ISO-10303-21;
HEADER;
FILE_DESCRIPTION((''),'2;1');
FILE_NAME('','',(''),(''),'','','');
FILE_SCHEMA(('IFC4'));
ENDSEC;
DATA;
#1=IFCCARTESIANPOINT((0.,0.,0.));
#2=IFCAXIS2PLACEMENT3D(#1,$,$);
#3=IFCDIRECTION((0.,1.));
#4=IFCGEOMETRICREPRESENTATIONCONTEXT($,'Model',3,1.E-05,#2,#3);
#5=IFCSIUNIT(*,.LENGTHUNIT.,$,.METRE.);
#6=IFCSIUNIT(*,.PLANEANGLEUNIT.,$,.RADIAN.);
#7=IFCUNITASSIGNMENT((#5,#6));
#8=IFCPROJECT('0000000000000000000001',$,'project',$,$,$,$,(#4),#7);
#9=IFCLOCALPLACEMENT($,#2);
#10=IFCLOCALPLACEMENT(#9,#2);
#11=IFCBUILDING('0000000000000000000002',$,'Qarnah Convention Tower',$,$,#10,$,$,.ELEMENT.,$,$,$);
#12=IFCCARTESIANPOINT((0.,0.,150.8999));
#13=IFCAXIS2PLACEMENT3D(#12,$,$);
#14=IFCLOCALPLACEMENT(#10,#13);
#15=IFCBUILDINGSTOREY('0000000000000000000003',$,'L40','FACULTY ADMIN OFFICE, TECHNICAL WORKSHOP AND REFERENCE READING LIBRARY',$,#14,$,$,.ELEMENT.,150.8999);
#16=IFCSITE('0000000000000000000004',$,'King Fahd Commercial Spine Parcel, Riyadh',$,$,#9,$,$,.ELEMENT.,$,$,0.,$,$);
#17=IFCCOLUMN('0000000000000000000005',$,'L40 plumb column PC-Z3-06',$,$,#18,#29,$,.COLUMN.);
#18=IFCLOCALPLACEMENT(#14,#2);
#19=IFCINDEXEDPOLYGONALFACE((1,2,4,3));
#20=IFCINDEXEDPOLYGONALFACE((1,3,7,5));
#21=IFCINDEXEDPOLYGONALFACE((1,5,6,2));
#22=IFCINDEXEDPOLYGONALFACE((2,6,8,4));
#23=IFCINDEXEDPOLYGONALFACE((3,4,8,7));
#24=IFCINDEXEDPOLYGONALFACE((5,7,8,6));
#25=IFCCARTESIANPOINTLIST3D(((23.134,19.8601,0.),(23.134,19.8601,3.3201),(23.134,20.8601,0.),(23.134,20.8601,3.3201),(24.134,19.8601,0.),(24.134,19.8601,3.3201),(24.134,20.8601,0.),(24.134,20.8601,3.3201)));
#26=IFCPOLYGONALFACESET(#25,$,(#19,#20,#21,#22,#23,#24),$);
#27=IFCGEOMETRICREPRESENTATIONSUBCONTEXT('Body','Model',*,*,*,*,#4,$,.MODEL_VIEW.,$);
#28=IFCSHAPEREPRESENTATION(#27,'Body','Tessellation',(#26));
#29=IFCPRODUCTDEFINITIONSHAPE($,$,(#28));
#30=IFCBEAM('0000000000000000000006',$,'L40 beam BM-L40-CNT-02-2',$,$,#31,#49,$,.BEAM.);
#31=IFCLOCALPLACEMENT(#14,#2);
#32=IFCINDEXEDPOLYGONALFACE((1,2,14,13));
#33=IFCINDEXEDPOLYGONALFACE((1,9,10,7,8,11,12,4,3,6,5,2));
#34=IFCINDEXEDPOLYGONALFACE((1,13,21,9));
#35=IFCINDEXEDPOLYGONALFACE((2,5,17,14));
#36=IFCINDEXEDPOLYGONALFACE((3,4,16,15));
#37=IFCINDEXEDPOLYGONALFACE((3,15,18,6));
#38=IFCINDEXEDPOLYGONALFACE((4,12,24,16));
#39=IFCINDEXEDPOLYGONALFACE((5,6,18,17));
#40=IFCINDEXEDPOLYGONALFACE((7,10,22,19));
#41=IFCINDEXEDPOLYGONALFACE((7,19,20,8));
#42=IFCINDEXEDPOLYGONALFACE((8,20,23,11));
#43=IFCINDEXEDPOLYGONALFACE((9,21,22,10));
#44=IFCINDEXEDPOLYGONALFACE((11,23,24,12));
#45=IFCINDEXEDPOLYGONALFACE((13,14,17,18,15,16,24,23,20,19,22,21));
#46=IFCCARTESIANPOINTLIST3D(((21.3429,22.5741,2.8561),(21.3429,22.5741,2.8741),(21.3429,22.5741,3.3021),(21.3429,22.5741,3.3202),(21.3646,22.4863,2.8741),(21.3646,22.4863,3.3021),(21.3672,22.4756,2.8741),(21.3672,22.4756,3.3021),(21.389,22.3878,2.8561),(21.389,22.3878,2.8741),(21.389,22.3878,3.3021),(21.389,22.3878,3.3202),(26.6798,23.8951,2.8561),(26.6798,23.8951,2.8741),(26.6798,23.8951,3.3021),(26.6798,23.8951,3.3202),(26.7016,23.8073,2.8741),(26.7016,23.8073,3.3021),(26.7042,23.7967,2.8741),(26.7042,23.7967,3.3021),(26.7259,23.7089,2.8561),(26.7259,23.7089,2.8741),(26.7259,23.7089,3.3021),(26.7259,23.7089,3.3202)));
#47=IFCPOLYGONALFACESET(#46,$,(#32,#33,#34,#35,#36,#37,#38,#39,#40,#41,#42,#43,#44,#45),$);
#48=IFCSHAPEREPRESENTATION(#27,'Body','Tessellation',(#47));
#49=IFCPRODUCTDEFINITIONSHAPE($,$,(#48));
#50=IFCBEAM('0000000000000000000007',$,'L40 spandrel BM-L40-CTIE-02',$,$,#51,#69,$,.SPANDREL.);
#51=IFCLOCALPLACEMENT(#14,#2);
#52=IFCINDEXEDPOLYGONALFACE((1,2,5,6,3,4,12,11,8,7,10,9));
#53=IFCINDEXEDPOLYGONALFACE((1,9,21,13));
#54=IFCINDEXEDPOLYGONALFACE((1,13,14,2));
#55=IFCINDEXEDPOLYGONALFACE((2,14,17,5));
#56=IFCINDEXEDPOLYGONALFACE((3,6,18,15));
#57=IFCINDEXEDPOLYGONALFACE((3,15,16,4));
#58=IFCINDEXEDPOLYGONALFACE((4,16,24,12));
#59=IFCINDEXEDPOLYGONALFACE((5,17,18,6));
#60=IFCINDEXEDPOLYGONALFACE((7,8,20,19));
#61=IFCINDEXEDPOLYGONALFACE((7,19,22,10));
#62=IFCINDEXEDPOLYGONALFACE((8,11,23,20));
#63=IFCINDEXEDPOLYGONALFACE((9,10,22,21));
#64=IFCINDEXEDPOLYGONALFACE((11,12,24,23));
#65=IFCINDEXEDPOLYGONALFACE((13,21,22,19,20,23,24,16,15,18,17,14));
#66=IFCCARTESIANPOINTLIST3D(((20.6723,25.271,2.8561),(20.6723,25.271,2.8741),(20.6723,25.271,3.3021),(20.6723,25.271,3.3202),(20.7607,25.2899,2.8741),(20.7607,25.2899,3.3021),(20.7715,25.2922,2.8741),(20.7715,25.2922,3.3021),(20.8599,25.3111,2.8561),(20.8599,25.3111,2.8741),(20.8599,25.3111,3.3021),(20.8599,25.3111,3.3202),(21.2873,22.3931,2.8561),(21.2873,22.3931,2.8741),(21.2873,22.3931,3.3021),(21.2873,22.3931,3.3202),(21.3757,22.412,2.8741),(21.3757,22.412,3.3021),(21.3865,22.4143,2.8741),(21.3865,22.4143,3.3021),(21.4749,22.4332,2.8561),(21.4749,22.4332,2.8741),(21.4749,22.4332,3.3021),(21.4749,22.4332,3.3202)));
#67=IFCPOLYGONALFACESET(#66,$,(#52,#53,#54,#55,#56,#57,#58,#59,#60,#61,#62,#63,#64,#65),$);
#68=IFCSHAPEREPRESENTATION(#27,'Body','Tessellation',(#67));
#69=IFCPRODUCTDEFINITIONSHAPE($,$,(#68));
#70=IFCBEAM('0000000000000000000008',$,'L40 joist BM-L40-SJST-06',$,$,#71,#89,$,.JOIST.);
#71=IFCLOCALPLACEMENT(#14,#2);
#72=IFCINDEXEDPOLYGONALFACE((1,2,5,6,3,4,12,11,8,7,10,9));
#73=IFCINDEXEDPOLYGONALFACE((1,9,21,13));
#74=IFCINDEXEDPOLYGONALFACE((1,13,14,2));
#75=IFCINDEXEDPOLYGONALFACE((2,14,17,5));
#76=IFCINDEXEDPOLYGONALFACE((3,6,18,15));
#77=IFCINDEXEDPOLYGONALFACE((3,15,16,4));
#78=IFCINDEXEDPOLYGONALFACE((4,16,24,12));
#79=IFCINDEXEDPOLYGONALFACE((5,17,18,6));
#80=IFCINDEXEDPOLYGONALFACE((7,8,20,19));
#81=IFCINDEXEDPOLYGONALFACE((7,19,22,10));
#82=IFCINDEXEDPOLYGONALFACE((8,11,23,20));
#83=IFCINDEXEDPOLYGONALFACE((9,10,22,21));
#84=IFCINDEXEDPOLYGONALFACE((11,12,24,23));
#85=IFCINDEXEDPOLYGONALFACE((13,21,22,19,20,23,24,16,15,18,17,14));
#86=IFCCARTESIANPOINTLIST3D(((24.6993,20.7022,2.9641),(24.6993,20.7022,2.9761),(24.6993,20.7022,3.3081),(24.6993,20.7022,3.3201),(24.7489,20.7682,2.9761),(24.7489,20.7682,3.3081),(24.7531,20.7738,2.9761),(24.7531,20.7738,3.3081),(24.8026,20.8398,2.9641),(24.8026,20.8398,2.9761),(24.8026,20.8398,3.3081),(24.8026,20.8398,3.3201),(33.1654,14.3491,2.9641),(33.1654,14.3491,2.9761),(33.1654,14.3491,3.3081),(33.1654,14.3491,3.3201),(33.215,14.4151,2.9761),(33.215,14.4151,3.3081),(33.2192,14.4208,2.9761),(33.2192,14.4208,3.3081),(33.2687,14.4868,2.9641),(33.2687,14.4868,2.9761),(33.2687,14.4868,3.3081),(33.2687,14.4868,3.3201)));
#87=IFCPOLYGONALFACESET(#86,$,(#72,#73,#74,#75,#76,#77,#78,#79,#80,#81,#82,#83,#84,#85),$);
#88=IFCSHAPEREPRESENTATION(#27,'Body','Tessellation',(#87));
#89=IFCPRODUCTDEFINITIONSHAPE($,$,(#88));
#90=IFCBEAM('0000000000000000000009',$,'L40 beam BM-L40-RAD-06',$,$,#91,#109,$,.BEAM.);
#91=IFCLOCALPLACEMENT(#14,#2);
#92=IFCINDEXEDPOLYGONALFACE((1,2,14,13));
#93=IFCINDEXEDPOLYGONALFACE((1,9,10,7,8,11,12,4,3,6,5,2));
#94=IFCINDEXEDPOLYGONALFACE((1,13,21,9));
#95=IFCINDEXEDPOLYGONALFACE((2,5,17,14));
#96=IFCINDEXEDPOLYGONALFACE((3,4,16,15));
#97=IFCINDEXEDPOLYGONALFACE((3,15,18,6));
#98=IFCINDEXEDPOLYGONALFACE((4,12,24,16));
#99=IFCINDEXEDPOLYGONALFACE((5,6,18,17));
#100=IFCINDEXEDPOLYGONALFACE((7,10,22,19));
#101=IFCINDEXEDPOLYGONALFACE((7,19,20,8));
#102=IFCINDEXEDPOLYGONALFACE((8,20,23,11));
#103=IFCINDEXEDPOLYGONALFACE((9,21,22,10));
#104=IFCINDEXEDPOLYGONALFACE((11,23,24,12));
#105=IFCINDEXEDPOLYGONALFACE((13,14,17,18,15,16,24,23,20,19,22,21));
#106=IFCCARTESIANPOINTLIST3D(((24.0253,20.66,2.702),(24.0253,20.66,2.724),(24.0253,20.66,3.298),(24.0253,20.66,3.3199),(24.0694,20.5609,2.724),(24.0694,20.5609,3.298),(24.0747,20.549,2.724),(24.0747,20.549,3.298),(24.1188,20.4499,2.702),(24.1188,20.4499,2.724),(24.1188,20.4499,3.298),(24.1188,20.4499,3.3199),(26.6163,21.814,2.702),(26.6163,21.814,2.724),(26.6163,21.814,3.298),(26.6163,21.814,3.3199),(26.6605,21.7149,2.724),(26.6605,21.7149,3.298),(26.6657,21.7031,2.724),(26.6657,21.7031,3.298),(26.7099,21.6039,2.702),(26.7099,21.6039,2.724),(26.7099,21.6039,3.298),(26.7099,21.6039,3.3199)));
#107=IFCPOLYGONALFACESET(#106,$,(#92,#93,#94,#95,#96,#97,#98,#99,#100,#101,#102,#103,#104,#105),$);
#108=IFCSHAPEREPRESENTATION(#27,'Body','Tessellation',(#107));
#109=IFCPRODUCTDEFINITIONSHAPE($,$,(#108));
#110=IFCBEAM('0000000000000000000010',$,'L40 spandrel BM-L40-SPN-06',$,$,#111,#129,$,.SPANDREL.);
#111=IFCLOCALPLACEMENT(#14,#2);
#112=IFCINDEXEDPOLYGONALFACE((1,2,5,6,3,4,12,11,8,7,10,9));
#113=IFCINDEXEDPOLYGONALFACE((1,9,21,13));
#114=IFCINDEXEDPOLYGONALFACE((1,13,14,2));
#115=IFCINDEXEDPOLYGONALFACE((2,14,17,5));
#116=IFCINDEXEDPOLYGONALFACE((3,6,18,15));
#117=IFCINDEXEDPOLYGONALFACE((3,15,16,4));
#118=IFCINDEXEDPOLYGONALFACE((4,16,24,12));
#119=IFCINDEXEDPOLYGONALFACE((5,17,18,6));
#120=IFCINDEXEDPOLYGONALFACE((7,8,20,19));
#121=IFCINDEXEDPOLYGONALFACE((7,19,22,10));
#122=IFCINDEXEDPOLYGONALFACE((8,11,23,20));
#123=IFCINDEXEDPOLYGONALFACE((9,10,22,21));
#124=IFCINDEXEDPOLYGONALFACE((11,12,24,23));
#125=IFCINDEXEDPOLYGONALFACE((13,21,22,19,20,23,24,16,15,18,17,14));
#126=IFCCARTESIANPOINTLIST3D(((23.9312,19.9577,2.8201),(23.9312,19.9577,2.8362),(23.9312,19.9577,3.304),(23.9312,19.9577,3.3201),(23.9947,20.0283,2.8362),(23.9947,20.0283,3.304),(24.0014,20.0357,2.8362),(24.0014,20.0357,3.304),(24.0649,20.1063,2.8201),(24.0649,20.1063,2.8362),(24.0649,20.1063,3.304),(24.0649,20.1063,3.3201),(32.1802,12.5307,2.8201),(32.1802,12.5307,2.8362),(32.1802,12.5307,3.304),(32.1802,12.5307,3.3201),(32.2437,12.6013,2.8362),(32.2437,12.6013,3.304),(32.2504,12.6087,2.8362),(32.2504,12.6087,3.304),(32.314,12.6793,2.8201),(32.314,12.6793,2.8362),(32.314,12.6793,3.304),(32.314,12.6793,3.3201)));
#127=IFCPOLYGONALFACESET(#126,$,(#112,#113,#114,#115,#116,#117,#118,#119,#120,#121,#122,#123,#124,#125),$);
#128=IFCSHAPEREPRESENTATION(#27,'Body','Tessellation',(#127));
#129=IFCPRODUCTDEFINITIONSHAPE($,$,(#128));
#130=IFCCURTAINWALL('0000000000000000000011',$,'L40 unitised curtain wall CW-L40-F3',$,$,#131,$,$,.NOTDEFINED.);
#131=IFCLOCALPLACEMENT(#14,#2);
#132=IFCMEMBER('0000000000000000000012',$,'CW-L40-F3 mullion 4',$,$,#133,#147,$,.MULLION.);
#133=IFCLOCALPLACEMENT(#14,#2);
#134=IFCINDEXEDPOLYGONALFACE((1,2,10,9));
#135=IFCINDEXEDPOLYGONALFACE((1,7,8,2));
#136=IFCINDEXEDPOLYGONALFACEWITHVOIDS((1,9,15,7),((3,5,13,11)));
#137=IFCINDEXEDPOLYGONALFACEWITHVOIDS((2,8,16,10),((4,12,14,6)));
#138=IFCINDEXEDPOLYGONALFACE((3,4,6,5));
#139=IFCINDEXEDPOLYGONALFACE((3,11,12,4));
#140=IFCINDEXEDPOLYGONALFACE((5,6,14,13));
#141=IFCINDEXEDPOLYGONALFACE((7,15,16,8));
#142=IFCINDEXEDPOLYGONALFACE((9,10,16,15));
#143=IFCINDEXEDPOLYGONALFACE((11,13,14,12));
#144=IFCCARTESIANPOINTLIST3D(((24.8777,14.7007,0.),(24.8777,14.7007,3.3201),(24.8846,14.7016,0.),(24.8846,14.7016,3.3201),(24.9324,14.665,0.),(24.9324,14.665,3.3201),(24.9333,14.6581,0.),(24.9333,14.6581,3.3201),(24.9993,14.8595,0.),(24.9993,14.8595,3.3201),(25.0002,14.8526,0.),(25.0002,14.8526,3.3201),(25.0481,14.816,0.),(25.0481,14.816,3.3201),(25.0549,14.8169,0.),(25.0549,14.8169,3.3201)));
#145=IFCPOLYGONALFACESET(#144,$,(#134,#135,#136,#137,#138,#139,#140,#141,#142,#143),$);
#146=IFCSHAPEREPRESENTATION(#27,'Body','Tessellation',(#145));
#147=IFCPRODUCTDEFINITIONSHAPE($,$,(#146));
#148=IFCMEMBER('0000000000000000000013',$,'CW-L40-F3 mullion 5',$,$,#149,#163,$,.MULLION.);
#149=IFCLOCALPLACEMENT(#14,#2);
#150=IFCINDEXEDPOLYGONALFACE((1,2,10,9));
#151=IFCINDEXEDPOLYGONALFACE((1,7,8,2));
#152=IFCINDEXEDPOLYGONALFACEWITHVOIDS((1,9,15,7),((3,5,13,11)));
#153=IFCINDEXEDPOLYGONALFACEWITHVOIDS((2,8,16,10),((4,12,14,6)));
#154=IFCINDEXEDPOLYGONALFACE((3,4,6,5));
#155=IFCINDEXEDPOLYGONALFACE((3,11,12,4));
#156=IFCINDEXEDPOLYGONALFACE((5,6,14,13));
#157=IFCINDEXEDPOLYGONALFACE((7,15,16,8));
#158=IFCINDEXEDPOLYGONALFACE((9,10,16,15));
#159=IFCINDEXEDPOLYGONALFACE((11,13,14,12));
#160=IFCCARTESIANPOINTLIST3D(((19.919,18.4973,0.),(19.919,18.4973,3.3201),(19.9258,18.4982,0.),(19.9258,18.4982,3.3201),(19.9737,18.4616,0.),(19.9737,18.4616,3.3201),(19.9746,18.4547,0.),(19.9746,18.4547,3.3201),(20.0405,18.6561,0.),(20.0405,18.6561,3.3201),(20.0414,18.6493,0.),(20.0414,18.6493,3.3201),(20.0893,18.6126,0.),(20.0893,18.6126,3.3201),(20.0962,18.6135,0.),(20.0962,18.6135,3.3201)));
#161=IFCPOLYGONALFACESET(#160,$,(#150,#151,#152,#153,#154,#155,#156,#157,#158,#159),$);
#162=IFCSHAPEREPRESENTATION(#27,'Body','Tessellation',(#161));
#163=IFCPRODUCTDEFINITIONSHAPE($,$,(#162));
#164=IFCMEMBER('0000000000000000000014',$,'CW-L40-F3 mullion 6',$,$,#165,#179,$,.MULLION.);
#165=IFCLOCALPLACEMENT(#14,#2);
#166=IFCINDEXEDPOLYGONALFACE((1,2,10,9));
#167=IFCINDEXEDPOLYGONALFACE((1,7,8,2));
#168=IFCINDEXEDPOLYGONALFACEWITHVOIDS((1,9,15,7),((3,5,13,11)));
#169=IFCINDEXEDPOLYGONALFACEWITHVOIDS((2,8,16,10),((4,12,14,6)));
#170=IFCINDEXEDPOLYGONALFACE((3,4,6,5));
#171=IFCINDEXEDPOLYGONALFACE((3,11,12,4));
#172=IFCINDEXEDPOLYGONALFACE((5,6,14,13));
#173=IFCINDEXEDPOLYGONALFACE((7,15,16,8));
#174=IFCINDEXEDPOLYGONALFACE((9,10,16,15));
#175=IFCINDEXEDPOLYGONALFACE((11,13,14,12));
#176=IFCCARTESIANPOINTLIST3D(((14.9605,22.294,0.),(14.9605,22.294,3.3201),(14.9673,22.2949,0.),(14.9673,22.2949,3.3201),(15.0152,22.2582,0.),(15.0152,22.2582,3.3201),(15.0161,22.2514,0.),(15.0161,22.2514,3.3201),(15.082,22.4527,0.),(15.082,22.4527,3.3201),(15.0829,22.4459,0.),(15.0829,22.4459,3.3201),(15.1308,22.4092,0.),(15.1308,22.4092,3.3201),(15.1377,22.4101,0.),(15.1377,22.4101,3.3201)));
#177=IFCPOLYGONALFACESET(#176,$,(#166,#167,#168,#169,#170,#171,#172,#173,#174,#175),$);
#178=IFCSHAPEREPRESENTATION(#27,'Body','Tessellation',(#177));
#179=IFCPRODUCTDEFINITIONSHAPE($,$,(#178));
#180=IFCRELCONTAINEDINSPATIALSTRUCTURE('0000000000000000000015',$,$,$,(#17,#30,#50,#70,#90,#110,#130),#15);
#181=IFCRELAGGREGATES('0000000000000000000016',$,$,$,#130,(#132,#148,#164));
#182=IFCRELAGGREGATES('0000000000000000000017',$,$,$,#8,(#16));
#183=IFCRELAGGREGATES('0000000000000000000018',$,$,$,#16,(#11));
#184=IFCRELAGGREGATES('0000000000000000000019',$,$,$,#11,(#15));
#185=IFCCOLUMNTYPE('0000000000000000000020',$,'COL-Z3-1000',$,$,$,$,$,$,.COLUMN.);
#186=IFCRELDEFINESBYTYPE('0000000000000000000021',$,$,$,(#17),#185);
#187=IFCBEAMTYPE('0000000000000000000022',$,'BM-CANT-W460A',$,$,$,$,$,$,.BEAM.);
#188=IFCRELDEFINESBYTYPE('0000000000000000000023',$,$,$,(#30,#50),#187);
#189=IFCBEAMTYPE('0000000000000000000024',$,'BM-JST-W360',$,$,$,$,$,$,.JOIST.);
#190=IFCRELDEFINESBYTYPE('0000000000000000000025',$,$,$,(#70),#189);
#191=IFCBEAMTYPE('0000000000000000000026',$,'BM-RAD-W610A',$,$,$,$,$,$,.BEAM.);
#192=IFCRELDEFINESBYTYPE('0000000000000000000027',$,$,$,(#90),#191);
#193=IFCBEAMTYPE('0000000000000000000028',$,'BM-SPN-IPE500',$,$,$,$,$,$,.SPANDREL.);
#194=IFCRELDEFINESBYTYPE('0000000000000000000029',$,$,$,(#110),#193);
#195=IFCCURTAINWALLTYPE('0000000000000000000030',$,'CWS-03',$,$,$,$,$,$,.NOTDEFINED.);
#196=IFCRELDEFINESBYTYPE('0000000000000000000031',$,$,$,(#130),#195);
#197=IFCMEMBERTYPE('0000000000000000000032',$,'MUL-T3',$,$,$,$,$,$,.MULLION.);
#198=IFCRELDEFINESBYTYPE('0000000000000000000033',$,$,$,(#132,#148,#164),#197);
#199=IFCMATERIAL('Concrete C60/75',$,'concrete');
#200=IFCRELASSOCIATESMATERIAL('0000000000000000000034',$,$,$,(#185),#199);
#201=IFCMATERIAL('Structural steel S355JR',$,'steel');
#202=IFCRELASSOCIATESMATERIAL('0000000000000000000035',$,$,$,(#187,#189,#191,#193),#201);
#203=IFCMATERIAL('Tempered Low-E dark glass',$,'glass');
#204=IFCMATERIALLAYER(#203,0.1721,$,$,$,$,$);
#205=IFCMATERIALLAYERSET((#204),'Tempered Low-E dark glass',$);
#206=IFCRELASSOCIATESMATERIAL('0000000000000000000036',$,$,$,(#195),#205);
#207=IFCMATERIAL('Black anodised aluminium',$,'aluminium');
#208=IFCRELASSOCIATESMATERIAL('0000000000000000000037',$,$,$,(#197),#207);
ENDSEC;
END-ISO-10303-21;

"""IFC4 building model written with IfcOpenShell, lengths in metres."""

from ifc_helpers import new_model, si_unit, direction, frame, origin, origin_2d, place, context, subcontext, project, spatial, rectangle, hollow_rectangle, i_section, extrude, material, layer, layer_set, material_profile, profile_set, type_object, element, aggregate, save


model = new_model("IFC4")

# Units and contexts
model_context = context("Model", 3, precision=1e-05, world=origin(), true_north=direction((0.0, 1.0)))
body_context = subcontext(model_context, "Body", "Model", "MODEL_VIEW")
ifc_project = project(units=[si_unit("LENGTHUNIT", "METRE"), si_unit("PLANEANGLEUNIT", "RADIAN")], contexts=[model_context])

# Site, building, storey
site_placement = place(None, origin())
site = spatial("IfcSite", under=ifc_project, at=site_placement, Name="King Fahd Commercial Spine Parcel, Riyadh", CompositionType="ELEMENT", RefElevation=0.0)
building_placement = place(site_placement, origin())
building = spatial("IfcBuilding", under=site, at=building_placement, Name="Qarnah Convention Tower", CompositionType="ELEMENT")
storey_placement = place(building_placement, frame((0.0, 0.0, 150.8999)))
storey = spatial("IfcBuildingStorey", under=building, at=storey_placement, Name="L40", Description="FACULTY ADMIN OFFICE, TECHNICAL WORKSHOP AND REFERENCE READING LIBRARY", CompositionType="ELEMENT", Elevation=150.8999)

# Column
ifc_material_1 = material(Name="Concrete C60/75", Category="concrete")
ifc_material_profile_1 = material_profile(ifc_material_1, rectangle(XDim=1.0, YDim=1.0, at=origin_2d()), Name="RC-COL-1000X1000")
ifc_profile_set_1 = profile_set([ifc_material_profile_1], Name="Concrete C60/75")
column_type = type_object("IfcColumnType", Name="COL-Z3-1000", PredefinedType="COLUMN", material=ifc_profile_set_1)
column_placement = place(storey_placement, frame((23.634, 20.3601, 0.0), z_axis=(0.0, 0.0, 1.0), x_axis=(1.0, 0.0, 0.0)))
element("IfcColumn", 1, at=column_placement, inside=storey, type_object=column_type, Name="L40 plumb column PC-Z3-06", PredefinedType="COLUMN", context=body_context, shape_type="SweptSolid", body=[
    extrude(rectangle(XDim=1.0, YDim=1.0, at=origin_2d()), origin(), (0.0, 0.0, 1.0), 3.3201),
])

# Beams
ifc_material_2 = material(Name="Structural steel S355JR", Category="steel")
ifc_material_profile_2 = material_profile(ifc_material_2, i_section(OverallWidth=0.1919, OverallDepth=0.4641, WebThickness=0.011, FlangeThickness=0.0181, at=origin_2d()), Name="W460X89")
ifc_profile_set_2 = profile_set([ifc_material_profile_2], Name="Structural steel S355JR")
beam_type_1 = type_object("IfcBeamType", Name="BM-CANT-W460A", PredefinedType="BEAM", material=ifc_profile_set_2)
beam_1_placement = place(storey_placement, frame((26.7029, 23.802, 3.0881), z_axis=(-0.970704, -0.240278, 0.0), x_axis=(0.240278, -0.970704, 0.0)))
element("IfcBeam", 2, at=beam_1_placement, inside=storey, type_object=beam_type_1, Name="L40 beam BM-L40-CNT-02-2", PredefinedType="BEAM", context=body_context, shape_type="SweptSolid", body=[
    extrude(i_section(OverallWidth=0.1919, OverallDepth=0.4641, WebThickness=0.011, FlangeThickness=0.0181, at=origin_2d()), origin(), (0.0, 0.0, 1.0), 5.498),
])
beam_2_placement = place(storey_placement, frame((20.7661, 25.291, 3.0881), z_axis=(0.208974, -0.977921, 0.0), x_axis=(0.977921, 0.208974, 0.0)))
element("IfcBeam", 3, at=beam_2_placement, inside=storey, type_object=beam_type_1, Name="L40 spandrel BM-L40-CTIE-02", PredefinedType="SPANDREL", context=body_context, shape_type="SweptSolid", body=[
    extrude(i_section(OverallWidth=0.1919, OverallDepth=0.4641, WebThickness=0.011, FlangeThickness=0.0181, at=origin_2d()), origin(), (0.0, 0.0, 1.0), 2.9429),
])
ifc_material_profile_3 = material_profile(ifc_material_2, i_section(OverallWidth=0.1721, OverallDepth=0.356, WebThickness=0.0071, FlangeThickness=0.012, at=origin_2d()), Name="W360X51")
ifc_profile_set_3 = profile_set([ifc_material_profile_3], Name="Structural steel S355JR")
beam_type_2 = type_object("IfcBeamType", Name="BM-JST-W360", PredefinedType="JOIST", material=ifc_profile_set_3)
beam_3_placement = place(storey_placement, frame((24.751, 20.771, 3.1421), z_axis=(0.799842, -0.60021, 0.0), x_axis=(0.60021, 0.799842, 0.0)))
element("IfcBeam", 4, at=beam_3_placement, inside=storey, type_object=beam_type_2, Name="L40 joist BM-L40-SJST-06", PredefinedType="JOIST", context=body_context, shape_type="SweptSolid", body=[
    extrude(i_section(OverallWidth=0.1721, OverallDepth=0.356, WebThickness=0.0071, FlangeThickness=0.012, at=origin_2d()), origin(), (0.0, 0.0, 1.0), 10.5847),
])
ifc_material_profile_4 = material_profile(ifc_material_2, i_section(OverallWidth=0.23, OverallDepth=0.6179, WebThickness=0.0129, FlangeThickness=0.022, at=origin_2d()), Name="W610X140")
ifc_profile_set_4 = profile_set([ifc_material_profile_4], Name="Structural steel S355JR")
beam_type_3 = type_object("IfcBeamType", Name="BM-RAD-W610A", PredefinedType="BEAM", material=ifc_profile_set_4)
beam_4_placement = place(storey_placement, frame((26.6631, 21.709, 3.011), z_axis=(-0.913488, -0.406865, 0.0), x_axis=(0.406865, -0.913488, 0.0)))
element("IfcBeam", 5, at=beam_4_placement, inside=storey, type_object=beam_type_3, Name="L40 beam BM-L40-RAD-06", PredefinedType="BEAM", context=body_context, shape_type="SweptSolid", body=[
    extrude(i_section(OverallWidth=0.23, OverallDepth=0.6179, WebThickness=0.0129, FlangeThickness=0.022, at=origin_2d()), origin(), (0.0, 0.0, 1.0), 2.8364),
])
ifc_material_profile_5 = material_profile(ifc_material_2, i_section(OverallWidth=0.2, OverallDepth=0.5, WebThickness=0.01, FlangeThickness=0.0161, at=origin_2d()), Name="IPE500")
ifc_profile_set_5 = profile_set([ifc_material_profile_5], Name="Structural steel S355JR")
beam_type_4 = type_object("IfcBeamType", Name="BM-SPN-IPE500", PredefinedType="SPANDREL", material=ifc_profile_set_5)
beam_5_placement = place(storey_placement, frame((23.998, 20.032, 3.0701), z_axis=(0.743165, -0.669108, 0.0), x_axis=(0.669108, 0.743165, 0.0)))
element("IfcBeam", 6, at=beam_5_placement, inside=storey, type_object=beam_type_4, Name="L40 spandrel BM-L40-SPN-06", PredefinedType="SPANDREL", context=body_context, shape_type="SweptSolid", body=[
    extrude(i_section(OverallWidth=0.2, OverallDepth=0.5, WebThickness=0.01, FlangeThickness=0.0161, at=origin_2d()), origin(), (0.0, 0.0, 1.0), 11.0999),
])

# Curtain wall, members
ifc_material_3 = material(Name="Tempered Low-E dark glass", Category="glass")
ifc_layer_1 = layer(ifc_material_3, 0.1721)
ifc_layer_set_1 = layer_set([ifc_layer_1], Name="Tempered Low-E dark glass")
curtain_wall_type = type_object("IfcCurtainWallType", Name="CWS-03", PredefinedType="NOTDEFINED", material=ifc_layer_set_1)
curtain_wall_placement = place(storey_placement, origin())
curtain_wall = element("IfcCurtainWall", 7, at=curtain_wall_placement, inside=storey, type_object=curtain_wall_type, Name="L40 unitised curtain wall CW-L40-F3", PredefinedType="NOTDEFINED")
ifc_material_4 = material(Name="Black anodised aluminium", Category="aluminium")
ifc_material_profile_6 = material_profile(ifc_material_4, hollow_rectangle(XDim=0.0701, YDim=0.2, WallThickness=0.0049, at=origin_2d()), Name="MUL-70X200")
ifc_profile_set_6 = profile_set([ifc_material_profile_6], Name="Black anodised aluminium")
member_type = type_object("IfcMemberType", Name="MUL-T3", PredefinedType="MULLION", material=ifc_profile_set_6)
member_1_placement = place(storey_placement, frame((24.9663, 14.7588, 0.0), z_axis=(0.0, 0.0, 1.0), x_axis=(-0.793992, 0.607928, 0.0)))
member_1 = element("IfcMember", 8, at=member_1_placement, type_object=member_type, Name="CW-L40-F3 mullion 4", PredefinedType="MULLION", context=body_context, shape_type="SweptSolid", body=[
    extrude(hollow_rectangle(XDim=0.0701, YDim=0.2, WallThickness=0.0049, at=origin_2d()), origin(), (0.0, 0.0, 1.0), 3.3201),
])
member_2_placement = place(storey_placement, frame((20.0076, 18.5554, 0.0), z_axis=(0.0, 0.0, 1.0), x_axis=(-0.793992, 0.607928, 0.0)))
member_2 = element("IfcMember", 9, at=member_2_placement, type_object=member_type, Name="CW-L40-F3 mullion 5", PredefinedType="MULLION", context=body_context, shape_type="SweptSolid", body=[
    extrude(hollow_rectangle(XDim=0.0701, YDim=0.2, WallThickness=0.0049, at=origin_2d()), origin(), (0.0, 0.0, 1.0), 3.3201),
])
member_3_placement = place(storey_placement, frame((15.0491, 22.3521, 0.0), z_axis=(0.0, 0.0, 1.0), x_axis=(-0.793992, 0.607928, 0.0)))
member_3 = element("IfcMember", 10, at=member_3_placement, type_object=member_type, Name="CW-L40-F3 mullion 6", PredefinedType="MULLION", context=body_context, shape_type="SweptSolid", body=[
    extrude(hollow_rectangle(XDim=0.0701, YDim=0.2, WallThickness=0.0049, at=origin_2d()), origin(), (0.0, 0.0, 1.0), 3.3201),
])
aggregate(curtain_wall, [member_1, member_2, member_3])

save(model, "model.ifc")
